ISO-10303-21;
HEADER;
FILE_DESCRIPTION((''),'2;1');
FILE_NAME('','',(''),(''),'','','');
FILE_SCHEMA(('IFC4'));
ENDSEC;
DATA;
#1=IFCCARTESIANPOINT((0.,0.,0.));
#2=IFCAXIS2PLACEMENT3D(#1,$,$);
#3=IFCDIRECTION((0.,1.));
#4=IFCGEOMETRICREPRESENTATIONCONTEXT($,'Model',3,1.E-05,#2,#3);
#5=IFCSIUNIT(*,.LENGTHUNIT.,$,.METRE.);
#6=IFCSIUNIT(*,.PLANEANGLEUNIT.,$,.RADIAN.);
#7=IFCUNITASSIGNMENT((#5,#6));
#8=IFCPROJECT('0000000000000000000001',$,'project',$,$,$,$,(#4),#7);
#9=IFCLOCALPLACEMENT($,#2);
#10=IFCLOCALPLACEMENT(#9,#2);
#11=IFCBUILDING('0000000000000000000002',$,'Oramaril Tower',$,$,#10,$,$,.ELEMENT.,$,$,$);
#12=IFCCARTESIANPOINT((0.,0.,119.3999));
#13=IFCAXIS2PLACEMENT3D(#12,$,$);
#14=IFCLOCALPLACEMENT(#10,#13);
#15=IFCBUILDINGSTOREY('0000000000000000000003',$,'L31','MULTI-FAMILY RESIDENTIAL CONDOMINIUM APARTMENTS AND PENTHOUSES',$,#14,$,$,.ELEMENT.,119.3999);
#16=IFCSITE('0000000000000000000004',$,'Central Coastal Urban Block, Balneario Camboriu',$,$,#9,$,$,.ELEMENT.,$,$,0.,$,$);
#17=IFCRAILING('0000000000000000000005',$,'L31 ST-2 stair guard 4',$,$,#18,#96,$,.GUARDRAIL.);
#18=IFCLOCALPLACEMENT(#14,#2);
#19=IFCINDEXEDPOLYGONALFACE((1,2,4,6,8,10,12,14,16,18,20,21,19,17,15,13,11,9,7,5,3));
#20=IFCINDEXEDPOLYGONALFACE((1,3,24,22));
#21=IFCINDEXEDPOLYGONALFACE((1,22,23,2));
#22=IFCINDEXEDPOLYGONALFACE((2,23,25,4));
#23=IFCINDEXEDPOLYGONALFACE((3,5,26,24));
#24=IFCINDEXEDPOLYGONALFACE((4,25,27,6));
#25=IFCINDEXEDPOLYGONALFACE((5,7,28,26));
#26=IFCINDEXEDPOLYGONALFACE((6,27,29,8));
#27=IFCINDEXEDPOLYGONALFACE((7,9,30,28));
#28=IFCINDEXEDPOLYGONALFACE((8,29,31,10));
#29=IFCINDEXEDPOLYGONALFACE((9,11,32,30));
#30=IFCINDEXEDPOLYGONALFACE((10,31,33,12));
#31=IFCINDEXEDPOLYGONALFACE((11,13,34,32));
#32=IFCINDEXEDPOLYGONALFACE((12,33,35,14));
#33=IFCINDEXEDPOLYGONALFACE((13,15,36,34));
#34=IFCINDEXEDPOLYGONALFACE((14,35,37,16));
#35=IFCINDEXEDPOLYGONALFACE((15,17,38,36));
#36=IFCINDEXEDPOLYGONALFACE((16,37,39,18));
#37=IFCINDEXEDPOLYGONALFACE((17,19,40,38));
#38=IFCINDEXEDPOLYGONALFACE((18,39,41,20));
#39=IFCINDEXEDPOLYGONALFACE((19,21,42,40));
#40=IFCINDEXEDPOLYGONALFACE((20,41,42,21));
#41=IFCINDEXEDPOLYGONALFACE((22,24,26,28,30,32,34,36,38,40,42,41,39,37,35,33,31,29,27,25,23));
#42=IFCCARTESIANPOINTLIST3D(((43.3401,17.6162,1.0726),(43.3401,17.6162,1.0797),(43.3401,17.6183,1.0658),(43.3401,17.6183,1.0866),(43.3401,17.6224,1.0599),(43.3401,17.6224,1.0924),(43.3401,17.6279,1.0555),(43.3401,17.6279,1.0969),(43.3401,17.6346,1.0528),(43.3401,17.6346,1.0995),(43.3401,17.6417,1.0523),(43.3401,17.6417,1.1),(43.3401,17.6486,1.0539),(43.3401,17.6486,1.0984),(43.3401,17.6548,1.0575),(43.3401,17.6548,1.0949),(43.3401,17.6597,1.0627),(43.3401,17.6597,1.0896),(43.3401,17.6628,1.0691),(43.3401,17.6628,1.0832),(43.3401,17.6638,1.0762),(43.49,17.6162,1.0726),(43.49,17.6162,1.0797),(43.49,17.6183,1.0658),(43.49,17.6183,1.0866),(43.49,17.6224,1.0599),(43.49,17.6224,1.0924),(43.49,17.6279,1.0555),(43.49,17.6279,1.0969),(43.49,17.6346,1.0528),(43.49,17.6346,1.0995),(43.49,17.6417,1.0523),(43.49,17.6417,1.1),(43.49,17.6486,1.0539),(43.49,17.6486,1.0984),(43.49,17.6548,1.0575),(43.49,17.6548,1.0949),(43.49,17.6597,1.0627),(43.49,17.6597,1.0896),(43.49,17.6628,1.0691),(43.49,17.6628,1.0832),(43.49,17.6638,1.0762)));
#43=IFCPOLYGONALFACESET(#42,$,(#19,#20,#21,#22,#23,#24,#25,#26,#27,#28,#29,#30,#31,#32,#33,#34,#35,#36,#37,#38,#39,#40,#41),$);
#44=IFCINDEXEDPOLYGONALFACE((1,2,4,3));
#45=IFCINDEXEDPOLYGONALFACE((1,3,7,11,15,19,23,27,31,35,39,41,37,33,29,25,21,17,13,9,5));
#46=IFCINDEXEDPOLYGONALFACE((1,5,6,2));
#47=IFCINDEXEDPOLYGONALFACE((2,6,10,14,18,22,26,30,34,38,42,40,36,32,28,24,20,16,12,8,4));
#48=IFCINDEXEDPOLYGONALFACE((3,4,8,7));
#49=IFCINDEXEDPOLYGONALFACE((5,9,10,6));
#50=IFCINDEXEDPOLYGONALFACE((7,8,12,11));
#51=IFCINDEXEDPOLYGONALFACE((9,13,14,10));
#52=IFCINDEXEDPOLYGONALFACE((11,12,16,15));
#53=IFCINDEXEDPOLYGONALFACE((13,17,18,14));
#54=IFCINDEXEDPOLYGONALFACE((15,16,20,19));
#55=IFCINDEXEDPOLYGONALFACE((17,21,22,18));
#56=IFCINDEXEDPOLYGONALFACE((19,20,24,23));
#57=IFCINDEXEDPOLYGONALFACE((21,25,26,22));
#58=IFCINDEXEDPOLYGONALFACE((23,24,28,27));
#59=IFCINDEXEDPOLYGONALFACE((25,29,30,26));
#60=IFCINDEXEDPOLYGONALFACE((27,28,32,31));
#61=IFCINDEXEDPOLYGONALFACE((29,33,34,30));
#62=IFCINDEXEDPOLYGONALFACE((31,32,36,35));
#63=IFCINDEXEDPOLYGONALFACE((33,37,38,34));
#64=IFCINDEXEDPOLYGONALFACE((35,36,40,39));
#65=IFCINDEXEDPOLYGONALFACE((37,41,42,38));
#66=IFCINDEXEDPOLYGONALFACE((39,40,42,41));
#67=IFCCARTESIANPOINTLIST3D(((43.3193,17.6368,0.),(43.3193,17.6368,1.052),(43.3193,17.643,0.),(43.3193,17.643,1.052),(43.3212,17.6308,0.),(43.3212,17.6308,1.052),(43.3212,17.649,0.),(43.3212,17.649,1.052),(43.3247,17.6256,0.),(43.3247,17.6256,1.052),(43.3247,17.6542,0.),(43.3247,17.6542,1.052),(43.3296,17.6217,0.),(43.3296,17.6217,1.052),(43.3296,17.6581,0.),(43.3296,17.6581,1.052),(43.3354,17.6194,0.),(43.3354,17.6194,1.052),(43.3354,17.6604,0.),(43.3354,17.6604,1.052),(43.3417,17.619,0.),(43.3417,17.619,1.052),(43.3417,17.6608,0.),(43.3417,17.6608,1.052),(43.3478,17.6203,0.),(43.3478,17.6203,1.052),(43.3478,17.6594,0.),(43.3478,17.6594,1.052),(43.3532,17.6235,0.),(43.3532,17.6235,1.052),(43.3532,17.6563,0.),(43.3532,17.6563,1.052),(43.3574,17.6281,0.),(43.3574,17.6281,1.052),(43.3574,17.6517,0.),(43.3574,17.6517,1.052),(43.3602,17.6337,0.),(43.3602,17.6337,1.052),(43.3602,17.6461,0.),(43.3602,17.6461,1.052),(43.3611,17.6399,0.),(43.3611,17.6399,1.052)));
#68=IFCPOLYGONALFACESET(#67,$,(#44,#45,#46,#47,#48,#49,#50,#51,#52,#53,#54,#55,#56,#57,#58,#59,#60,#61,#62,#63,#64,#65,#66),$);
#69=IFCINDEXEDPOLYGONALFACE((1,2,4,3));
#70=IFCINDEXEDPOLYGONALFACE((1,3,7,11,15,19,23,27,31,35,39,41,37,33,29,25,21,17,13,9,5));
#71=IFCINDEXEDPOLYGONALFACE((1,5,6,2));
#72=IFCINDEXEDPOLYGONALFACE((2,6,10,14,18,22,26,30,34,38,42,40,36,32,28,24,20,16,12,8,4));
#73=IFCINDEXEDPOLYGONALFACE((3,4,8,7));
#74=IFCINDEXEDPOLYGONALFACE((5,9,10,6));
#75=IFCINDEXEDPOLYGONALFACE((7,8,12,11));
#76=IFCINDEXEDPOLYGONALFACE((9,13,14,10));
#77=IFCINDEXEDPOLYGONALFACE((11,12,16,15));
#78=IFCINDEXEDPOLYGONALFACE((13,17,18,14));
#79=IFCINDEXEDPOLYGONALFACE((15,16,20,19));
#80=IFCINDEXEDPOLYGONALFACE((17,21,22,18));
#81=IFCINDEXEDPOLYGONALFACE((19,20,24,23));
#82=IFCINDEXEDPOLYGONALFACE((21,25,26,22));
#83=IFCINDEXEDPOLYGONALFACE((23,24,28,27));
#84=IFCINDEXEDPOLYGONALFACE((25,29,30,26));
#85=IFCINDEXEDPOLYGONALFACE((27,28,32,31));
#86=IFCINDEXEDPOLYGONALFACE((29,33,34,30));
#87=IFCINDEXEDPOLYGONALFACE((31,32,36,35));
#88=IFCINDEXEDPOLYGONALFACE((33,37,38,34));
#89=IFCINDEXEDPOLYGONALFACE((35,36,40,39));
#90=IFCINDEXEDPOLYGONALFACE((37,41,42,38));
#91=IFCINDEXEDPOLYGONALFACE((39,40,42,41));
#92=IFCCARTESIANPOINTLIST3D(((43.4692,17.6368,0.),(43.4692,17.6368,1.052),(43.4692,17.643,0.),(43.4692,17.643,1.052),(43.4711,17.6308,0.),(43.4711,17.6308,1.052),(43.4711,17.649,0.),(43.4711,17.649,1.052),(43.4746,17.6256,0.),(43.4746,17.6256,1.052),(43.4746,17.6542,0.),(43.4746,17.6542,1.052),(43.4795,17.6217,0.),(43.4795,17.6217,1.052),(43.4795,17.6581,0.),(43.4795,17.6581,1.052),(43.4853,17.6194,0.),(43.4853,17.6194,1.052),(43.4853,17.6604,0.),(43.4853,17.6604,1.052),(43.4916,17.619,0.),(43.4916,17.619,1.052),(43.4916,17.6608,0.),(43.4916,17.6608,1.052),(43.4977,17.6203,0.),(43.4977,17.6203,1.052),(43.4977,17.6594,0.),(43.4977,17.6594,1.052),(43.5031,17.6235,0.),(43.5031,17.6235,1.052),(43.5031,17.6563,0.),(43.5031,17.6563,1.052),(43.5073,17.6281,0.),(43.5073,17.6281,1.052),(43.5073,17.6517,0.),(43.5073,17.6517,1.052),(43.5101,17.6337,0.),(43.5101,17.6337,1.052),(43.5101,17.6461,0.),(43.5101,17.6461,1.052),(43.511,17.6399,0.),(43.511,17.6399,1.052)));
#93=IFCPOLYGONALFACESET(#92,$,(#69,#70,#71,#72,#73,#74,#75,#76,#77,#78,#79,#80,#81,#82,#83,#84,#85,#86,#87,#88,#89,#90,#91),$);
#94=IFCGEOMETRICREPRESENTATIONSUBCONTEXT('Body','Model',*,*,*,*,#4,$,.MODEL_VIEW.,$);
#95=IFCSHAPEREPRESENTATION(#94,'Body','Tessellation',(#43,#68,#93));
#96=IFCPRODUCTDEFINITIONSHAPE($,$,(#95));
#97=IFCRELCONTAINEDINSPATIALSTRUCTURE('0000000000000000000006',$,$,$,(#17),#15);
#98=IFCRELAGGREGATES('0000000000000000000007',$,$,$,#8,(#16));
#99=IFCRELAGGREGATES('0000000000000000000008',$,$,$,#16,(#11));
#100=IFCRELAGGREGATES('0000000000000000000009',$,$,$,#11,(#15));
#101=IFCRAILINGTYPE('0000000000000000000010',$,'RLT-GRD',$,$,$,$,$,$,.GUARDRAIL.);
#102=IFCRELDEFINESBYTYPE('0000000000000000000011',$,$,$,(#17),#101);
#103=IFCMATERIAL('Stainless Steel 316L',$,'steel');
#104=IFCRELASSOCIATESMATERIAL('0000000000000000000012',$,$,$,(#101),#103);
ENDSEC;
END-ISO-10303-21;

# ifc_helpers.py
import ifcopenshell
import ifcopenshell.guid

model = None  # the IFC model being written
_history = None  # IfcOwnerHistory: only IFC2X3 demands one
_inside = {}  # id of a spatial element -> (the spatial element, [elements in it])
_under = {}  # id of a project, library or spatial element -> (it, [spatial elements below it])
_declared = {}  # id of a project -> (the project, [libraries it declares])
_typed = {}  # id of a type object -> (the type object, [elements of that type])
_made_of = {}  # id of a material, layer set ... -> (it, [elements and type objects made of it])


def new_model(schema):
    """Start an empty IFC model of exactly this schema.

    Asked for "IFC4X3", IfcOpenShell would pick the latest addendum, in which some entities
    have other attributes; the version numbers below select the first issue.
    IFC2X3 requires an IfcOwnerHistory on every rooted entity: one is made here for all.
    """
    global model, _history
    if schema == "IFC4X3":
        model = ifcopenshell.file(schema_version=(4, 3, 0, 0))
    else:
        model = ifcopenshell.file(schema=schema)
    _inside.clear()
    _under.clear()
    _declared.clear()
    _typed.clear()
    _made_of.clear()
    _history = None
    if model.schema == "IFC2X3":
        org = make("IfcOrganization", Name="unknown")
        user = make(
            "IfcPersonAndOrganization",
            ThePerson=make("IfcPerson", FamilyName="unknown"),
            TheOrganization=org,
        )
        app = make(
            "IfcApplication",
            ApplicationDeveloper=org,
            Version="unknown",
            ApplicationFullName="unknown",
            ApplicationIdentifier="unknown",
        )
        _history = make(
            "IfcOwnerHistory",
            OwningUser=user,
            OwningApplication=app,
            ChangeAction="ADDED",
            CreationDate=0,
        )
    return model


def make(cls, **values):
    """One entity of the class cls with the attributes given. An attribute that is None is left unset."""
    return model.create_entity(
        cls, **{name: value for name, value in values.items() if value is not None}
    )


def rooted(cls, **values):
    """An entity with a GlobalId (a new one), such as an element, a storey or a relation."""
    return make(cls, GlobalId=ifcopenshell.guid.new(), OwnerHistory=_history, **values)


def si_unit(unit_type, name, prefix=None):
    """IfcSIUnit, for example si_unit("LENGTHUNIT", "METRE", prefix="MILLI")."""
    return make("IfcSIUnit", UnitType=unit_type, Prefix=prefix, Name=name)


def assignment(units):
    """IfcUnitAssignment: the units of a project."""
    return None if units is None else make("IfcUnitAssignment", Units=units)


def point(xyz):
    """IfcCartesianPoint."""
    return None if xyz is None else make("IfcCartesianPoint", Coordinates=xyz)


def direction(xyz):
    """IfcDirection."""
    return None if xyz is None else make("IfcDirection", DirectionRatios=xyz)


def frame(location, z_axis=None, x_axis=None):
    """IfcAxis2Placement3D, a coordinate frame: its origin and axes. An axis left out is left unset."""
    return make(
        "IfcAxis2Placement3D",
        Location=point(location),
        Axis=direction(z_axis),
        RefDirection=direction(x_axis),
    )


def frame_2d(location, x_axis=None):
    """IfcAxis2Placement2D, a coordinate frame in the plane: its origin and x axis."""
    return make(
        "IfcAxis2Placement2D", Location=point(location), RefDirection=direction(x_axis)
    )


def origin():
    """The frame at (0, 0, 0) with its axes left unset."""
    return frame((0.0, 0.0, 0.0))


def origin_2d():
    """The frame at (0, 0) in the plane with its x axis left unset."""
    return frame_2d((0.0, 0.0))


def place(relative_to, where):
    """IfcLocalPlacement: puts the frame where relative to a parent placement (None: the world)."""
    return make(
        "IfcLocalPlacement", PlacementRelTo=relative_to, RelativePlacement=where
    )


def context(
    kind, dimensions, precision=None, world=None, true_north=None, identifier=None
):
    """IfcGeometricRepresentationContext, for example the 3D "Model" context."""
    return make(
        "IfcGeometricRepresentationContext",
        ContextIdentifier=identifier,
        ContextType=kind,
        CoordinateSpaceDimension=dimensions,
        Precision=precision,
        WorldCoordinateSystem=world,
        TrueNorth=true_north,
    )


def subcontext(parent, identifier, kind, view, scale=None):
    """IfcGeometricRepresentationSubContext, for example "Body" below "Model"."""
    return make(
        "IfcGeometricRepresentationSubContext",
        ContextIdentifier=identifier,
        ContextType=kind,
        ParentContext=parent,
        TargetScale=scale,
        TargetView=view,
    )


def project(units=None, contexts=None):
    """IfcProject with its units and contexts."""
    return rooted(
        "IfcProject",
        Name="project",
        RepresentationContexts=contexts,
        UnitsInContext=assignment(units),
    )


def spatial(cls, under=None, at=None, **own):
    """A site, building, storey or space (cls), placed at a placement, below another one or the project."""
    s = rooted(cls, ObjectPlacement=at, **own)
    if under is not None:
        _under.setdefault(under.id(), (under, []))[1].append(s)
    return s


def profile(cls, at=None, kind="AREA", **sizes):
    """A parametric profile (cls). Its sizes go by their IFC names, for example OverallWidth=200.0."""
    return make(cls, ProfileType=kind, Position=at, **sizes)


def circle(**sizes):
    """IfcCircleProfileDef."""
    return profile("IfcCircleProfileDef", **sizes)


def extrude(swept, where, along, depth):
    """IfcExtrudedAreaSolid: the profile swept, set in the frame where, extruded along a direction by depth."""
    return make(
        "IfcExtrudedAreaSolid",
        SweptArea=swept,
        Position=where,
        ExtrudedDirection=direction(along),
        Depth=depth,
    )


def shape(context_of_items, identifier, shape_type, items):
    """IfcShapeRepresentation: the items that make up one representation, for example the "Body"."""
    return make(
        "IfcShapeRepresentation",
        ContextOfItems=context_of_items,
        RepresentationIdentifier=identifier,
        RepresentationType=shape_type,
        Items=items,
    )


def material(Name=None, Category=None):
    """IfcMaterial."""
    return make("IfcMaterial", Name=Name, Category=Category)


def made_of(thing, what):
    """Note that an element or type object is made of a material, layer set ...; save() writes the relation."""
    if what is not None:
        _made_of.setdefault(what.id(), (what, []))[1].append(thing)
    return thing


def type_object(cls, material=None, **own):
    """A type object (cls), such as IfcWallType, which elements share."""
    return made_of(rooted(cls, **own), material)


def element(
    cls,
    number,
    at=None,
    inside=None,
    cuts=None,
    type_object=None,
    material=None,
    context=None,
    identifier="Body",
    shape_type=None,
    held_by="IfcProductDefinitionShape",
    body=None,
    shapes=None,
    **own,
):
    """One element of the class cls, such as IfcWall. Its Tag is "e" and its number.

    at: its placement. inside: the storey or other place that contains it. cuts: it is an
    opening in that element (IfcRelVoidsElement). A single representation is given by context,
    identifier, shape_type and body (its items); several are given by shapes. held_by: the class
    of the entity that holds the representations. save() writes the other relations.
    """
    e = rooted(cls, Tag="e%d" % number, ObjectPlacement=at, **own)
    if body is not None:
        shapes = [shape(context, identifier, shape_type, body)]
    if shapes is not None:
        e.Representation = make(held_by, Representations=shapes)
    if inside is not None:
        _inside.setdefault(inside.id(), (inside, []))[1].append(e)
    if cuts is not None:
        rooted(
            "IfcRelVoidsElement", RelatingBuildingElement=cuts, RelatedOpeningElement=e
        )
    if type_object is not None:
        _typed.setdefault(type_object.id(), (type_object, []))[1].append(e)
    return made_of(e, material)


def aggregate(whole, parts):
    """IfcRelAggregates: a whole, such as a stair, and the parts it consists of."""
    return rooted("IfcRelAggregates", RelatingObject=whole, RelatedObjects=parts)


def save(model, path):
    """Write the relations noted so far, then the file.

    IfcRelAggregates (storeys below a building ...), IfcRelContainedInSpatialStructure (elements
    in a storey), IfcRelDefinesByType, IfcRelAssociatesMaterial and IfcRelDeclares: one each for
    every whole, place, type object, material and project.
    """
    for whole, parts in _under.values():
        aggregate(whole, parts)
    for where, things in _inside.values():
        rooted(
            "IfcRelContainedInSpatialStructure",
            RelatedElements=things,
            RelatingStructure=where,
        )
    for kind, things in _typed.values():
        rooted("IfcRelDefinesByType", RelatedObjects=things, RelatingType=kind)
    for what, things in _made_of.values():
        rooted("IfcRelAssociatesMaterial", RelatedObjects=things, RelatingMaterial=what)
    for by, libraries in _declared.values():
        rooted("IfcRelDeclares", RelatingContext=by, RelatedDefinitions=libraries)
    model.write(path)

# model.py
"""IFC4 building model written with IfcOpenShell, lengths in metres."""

from ifc_helpers import new_model, si_unit, direction, frame, origin, origin_2d, place, context, subcontext, project, spatial, circle, extrude, material, type_object, element, save


model = new_model("IFC4")

# Units and contexts
model_context = context("Model", 3, precision=1e-05, world=origin(), true_north=direction((0.0, 1.0)))
body_context = subcontext(model_context, "Body", "Model", "MODEL_VIEW")
ifc_project = project(units=[si_unit("LENGTHUNIT", "METRE"), si_unit("PLANEANGLEUNIT", "RADIAN")], contexts=[model_context])

# Site, building, storey
site_placement = place(None, origin())
site = spatial("IfcSite", under=ifc_project, at=site_placement, Name="Central Coastal Urban Block, Balneario Camboriu", CompositionType="ELEMENT", RefElevation=0.0)
building_placement = place(site_placement, origin())
building = spatial("IfcBuilding", under=site, at=building_placement, Name="Oramaril Tower", CompositionType="ELEMENT")
storey_placement = place(building_placement, frame((0.0, 0.0, 119.3999)))
storey = spatial("IfcBuildingStorey", under=building, at=storey_placement, Name="L31", Description="MULTI-FAMILY RESIDENTIAL CONDOMINIUM APARTMENTS AND PENTHOUSES", CompositionType="ELEMENT", Elevation=119.3999)

# Railing
ifc_material_1 = material(Name="Stainless Steel 316L", Category="steel")
railing_type_1 = type_object("IfcRailingType", Name="RLT-GRD", PredefinedType="GUARDRAIL", material=ifc_material_1)
railing_1_placement = place(storey_placement, frame((43.3401, 17.6399, 0.0)))
element("IfcRailing", 1, at=railing_1_placement, inside=storey, type_object=railing_type_1, Name="L31 ST-2 stair guard 4", PredefinedType="GUARDRAIL", context=body_context, shape_type="SweptSolid", body=[
    extrude(circle(Radius=0.0239, at=origin_2d()), frame((0.0, 0.0, 1.0762), z_axis=(1.0, 0.0, 0.0), x_axis=(0.0, 1.0, 0.0)), (0.0, 0.0, 1.0), 0.1499),
    extrude(circle(Radius=0.021, at=origin_2d()), origin(), (0.0, 0.0, 1.0), 1.052),
    extrude(circle(Radius=0.021, at=origin_2d()), frame((0.1499, 0.0, 0.0)), (0.0, 0.0, 1.0), 1.052),
])

save(model, "model.ifc")
